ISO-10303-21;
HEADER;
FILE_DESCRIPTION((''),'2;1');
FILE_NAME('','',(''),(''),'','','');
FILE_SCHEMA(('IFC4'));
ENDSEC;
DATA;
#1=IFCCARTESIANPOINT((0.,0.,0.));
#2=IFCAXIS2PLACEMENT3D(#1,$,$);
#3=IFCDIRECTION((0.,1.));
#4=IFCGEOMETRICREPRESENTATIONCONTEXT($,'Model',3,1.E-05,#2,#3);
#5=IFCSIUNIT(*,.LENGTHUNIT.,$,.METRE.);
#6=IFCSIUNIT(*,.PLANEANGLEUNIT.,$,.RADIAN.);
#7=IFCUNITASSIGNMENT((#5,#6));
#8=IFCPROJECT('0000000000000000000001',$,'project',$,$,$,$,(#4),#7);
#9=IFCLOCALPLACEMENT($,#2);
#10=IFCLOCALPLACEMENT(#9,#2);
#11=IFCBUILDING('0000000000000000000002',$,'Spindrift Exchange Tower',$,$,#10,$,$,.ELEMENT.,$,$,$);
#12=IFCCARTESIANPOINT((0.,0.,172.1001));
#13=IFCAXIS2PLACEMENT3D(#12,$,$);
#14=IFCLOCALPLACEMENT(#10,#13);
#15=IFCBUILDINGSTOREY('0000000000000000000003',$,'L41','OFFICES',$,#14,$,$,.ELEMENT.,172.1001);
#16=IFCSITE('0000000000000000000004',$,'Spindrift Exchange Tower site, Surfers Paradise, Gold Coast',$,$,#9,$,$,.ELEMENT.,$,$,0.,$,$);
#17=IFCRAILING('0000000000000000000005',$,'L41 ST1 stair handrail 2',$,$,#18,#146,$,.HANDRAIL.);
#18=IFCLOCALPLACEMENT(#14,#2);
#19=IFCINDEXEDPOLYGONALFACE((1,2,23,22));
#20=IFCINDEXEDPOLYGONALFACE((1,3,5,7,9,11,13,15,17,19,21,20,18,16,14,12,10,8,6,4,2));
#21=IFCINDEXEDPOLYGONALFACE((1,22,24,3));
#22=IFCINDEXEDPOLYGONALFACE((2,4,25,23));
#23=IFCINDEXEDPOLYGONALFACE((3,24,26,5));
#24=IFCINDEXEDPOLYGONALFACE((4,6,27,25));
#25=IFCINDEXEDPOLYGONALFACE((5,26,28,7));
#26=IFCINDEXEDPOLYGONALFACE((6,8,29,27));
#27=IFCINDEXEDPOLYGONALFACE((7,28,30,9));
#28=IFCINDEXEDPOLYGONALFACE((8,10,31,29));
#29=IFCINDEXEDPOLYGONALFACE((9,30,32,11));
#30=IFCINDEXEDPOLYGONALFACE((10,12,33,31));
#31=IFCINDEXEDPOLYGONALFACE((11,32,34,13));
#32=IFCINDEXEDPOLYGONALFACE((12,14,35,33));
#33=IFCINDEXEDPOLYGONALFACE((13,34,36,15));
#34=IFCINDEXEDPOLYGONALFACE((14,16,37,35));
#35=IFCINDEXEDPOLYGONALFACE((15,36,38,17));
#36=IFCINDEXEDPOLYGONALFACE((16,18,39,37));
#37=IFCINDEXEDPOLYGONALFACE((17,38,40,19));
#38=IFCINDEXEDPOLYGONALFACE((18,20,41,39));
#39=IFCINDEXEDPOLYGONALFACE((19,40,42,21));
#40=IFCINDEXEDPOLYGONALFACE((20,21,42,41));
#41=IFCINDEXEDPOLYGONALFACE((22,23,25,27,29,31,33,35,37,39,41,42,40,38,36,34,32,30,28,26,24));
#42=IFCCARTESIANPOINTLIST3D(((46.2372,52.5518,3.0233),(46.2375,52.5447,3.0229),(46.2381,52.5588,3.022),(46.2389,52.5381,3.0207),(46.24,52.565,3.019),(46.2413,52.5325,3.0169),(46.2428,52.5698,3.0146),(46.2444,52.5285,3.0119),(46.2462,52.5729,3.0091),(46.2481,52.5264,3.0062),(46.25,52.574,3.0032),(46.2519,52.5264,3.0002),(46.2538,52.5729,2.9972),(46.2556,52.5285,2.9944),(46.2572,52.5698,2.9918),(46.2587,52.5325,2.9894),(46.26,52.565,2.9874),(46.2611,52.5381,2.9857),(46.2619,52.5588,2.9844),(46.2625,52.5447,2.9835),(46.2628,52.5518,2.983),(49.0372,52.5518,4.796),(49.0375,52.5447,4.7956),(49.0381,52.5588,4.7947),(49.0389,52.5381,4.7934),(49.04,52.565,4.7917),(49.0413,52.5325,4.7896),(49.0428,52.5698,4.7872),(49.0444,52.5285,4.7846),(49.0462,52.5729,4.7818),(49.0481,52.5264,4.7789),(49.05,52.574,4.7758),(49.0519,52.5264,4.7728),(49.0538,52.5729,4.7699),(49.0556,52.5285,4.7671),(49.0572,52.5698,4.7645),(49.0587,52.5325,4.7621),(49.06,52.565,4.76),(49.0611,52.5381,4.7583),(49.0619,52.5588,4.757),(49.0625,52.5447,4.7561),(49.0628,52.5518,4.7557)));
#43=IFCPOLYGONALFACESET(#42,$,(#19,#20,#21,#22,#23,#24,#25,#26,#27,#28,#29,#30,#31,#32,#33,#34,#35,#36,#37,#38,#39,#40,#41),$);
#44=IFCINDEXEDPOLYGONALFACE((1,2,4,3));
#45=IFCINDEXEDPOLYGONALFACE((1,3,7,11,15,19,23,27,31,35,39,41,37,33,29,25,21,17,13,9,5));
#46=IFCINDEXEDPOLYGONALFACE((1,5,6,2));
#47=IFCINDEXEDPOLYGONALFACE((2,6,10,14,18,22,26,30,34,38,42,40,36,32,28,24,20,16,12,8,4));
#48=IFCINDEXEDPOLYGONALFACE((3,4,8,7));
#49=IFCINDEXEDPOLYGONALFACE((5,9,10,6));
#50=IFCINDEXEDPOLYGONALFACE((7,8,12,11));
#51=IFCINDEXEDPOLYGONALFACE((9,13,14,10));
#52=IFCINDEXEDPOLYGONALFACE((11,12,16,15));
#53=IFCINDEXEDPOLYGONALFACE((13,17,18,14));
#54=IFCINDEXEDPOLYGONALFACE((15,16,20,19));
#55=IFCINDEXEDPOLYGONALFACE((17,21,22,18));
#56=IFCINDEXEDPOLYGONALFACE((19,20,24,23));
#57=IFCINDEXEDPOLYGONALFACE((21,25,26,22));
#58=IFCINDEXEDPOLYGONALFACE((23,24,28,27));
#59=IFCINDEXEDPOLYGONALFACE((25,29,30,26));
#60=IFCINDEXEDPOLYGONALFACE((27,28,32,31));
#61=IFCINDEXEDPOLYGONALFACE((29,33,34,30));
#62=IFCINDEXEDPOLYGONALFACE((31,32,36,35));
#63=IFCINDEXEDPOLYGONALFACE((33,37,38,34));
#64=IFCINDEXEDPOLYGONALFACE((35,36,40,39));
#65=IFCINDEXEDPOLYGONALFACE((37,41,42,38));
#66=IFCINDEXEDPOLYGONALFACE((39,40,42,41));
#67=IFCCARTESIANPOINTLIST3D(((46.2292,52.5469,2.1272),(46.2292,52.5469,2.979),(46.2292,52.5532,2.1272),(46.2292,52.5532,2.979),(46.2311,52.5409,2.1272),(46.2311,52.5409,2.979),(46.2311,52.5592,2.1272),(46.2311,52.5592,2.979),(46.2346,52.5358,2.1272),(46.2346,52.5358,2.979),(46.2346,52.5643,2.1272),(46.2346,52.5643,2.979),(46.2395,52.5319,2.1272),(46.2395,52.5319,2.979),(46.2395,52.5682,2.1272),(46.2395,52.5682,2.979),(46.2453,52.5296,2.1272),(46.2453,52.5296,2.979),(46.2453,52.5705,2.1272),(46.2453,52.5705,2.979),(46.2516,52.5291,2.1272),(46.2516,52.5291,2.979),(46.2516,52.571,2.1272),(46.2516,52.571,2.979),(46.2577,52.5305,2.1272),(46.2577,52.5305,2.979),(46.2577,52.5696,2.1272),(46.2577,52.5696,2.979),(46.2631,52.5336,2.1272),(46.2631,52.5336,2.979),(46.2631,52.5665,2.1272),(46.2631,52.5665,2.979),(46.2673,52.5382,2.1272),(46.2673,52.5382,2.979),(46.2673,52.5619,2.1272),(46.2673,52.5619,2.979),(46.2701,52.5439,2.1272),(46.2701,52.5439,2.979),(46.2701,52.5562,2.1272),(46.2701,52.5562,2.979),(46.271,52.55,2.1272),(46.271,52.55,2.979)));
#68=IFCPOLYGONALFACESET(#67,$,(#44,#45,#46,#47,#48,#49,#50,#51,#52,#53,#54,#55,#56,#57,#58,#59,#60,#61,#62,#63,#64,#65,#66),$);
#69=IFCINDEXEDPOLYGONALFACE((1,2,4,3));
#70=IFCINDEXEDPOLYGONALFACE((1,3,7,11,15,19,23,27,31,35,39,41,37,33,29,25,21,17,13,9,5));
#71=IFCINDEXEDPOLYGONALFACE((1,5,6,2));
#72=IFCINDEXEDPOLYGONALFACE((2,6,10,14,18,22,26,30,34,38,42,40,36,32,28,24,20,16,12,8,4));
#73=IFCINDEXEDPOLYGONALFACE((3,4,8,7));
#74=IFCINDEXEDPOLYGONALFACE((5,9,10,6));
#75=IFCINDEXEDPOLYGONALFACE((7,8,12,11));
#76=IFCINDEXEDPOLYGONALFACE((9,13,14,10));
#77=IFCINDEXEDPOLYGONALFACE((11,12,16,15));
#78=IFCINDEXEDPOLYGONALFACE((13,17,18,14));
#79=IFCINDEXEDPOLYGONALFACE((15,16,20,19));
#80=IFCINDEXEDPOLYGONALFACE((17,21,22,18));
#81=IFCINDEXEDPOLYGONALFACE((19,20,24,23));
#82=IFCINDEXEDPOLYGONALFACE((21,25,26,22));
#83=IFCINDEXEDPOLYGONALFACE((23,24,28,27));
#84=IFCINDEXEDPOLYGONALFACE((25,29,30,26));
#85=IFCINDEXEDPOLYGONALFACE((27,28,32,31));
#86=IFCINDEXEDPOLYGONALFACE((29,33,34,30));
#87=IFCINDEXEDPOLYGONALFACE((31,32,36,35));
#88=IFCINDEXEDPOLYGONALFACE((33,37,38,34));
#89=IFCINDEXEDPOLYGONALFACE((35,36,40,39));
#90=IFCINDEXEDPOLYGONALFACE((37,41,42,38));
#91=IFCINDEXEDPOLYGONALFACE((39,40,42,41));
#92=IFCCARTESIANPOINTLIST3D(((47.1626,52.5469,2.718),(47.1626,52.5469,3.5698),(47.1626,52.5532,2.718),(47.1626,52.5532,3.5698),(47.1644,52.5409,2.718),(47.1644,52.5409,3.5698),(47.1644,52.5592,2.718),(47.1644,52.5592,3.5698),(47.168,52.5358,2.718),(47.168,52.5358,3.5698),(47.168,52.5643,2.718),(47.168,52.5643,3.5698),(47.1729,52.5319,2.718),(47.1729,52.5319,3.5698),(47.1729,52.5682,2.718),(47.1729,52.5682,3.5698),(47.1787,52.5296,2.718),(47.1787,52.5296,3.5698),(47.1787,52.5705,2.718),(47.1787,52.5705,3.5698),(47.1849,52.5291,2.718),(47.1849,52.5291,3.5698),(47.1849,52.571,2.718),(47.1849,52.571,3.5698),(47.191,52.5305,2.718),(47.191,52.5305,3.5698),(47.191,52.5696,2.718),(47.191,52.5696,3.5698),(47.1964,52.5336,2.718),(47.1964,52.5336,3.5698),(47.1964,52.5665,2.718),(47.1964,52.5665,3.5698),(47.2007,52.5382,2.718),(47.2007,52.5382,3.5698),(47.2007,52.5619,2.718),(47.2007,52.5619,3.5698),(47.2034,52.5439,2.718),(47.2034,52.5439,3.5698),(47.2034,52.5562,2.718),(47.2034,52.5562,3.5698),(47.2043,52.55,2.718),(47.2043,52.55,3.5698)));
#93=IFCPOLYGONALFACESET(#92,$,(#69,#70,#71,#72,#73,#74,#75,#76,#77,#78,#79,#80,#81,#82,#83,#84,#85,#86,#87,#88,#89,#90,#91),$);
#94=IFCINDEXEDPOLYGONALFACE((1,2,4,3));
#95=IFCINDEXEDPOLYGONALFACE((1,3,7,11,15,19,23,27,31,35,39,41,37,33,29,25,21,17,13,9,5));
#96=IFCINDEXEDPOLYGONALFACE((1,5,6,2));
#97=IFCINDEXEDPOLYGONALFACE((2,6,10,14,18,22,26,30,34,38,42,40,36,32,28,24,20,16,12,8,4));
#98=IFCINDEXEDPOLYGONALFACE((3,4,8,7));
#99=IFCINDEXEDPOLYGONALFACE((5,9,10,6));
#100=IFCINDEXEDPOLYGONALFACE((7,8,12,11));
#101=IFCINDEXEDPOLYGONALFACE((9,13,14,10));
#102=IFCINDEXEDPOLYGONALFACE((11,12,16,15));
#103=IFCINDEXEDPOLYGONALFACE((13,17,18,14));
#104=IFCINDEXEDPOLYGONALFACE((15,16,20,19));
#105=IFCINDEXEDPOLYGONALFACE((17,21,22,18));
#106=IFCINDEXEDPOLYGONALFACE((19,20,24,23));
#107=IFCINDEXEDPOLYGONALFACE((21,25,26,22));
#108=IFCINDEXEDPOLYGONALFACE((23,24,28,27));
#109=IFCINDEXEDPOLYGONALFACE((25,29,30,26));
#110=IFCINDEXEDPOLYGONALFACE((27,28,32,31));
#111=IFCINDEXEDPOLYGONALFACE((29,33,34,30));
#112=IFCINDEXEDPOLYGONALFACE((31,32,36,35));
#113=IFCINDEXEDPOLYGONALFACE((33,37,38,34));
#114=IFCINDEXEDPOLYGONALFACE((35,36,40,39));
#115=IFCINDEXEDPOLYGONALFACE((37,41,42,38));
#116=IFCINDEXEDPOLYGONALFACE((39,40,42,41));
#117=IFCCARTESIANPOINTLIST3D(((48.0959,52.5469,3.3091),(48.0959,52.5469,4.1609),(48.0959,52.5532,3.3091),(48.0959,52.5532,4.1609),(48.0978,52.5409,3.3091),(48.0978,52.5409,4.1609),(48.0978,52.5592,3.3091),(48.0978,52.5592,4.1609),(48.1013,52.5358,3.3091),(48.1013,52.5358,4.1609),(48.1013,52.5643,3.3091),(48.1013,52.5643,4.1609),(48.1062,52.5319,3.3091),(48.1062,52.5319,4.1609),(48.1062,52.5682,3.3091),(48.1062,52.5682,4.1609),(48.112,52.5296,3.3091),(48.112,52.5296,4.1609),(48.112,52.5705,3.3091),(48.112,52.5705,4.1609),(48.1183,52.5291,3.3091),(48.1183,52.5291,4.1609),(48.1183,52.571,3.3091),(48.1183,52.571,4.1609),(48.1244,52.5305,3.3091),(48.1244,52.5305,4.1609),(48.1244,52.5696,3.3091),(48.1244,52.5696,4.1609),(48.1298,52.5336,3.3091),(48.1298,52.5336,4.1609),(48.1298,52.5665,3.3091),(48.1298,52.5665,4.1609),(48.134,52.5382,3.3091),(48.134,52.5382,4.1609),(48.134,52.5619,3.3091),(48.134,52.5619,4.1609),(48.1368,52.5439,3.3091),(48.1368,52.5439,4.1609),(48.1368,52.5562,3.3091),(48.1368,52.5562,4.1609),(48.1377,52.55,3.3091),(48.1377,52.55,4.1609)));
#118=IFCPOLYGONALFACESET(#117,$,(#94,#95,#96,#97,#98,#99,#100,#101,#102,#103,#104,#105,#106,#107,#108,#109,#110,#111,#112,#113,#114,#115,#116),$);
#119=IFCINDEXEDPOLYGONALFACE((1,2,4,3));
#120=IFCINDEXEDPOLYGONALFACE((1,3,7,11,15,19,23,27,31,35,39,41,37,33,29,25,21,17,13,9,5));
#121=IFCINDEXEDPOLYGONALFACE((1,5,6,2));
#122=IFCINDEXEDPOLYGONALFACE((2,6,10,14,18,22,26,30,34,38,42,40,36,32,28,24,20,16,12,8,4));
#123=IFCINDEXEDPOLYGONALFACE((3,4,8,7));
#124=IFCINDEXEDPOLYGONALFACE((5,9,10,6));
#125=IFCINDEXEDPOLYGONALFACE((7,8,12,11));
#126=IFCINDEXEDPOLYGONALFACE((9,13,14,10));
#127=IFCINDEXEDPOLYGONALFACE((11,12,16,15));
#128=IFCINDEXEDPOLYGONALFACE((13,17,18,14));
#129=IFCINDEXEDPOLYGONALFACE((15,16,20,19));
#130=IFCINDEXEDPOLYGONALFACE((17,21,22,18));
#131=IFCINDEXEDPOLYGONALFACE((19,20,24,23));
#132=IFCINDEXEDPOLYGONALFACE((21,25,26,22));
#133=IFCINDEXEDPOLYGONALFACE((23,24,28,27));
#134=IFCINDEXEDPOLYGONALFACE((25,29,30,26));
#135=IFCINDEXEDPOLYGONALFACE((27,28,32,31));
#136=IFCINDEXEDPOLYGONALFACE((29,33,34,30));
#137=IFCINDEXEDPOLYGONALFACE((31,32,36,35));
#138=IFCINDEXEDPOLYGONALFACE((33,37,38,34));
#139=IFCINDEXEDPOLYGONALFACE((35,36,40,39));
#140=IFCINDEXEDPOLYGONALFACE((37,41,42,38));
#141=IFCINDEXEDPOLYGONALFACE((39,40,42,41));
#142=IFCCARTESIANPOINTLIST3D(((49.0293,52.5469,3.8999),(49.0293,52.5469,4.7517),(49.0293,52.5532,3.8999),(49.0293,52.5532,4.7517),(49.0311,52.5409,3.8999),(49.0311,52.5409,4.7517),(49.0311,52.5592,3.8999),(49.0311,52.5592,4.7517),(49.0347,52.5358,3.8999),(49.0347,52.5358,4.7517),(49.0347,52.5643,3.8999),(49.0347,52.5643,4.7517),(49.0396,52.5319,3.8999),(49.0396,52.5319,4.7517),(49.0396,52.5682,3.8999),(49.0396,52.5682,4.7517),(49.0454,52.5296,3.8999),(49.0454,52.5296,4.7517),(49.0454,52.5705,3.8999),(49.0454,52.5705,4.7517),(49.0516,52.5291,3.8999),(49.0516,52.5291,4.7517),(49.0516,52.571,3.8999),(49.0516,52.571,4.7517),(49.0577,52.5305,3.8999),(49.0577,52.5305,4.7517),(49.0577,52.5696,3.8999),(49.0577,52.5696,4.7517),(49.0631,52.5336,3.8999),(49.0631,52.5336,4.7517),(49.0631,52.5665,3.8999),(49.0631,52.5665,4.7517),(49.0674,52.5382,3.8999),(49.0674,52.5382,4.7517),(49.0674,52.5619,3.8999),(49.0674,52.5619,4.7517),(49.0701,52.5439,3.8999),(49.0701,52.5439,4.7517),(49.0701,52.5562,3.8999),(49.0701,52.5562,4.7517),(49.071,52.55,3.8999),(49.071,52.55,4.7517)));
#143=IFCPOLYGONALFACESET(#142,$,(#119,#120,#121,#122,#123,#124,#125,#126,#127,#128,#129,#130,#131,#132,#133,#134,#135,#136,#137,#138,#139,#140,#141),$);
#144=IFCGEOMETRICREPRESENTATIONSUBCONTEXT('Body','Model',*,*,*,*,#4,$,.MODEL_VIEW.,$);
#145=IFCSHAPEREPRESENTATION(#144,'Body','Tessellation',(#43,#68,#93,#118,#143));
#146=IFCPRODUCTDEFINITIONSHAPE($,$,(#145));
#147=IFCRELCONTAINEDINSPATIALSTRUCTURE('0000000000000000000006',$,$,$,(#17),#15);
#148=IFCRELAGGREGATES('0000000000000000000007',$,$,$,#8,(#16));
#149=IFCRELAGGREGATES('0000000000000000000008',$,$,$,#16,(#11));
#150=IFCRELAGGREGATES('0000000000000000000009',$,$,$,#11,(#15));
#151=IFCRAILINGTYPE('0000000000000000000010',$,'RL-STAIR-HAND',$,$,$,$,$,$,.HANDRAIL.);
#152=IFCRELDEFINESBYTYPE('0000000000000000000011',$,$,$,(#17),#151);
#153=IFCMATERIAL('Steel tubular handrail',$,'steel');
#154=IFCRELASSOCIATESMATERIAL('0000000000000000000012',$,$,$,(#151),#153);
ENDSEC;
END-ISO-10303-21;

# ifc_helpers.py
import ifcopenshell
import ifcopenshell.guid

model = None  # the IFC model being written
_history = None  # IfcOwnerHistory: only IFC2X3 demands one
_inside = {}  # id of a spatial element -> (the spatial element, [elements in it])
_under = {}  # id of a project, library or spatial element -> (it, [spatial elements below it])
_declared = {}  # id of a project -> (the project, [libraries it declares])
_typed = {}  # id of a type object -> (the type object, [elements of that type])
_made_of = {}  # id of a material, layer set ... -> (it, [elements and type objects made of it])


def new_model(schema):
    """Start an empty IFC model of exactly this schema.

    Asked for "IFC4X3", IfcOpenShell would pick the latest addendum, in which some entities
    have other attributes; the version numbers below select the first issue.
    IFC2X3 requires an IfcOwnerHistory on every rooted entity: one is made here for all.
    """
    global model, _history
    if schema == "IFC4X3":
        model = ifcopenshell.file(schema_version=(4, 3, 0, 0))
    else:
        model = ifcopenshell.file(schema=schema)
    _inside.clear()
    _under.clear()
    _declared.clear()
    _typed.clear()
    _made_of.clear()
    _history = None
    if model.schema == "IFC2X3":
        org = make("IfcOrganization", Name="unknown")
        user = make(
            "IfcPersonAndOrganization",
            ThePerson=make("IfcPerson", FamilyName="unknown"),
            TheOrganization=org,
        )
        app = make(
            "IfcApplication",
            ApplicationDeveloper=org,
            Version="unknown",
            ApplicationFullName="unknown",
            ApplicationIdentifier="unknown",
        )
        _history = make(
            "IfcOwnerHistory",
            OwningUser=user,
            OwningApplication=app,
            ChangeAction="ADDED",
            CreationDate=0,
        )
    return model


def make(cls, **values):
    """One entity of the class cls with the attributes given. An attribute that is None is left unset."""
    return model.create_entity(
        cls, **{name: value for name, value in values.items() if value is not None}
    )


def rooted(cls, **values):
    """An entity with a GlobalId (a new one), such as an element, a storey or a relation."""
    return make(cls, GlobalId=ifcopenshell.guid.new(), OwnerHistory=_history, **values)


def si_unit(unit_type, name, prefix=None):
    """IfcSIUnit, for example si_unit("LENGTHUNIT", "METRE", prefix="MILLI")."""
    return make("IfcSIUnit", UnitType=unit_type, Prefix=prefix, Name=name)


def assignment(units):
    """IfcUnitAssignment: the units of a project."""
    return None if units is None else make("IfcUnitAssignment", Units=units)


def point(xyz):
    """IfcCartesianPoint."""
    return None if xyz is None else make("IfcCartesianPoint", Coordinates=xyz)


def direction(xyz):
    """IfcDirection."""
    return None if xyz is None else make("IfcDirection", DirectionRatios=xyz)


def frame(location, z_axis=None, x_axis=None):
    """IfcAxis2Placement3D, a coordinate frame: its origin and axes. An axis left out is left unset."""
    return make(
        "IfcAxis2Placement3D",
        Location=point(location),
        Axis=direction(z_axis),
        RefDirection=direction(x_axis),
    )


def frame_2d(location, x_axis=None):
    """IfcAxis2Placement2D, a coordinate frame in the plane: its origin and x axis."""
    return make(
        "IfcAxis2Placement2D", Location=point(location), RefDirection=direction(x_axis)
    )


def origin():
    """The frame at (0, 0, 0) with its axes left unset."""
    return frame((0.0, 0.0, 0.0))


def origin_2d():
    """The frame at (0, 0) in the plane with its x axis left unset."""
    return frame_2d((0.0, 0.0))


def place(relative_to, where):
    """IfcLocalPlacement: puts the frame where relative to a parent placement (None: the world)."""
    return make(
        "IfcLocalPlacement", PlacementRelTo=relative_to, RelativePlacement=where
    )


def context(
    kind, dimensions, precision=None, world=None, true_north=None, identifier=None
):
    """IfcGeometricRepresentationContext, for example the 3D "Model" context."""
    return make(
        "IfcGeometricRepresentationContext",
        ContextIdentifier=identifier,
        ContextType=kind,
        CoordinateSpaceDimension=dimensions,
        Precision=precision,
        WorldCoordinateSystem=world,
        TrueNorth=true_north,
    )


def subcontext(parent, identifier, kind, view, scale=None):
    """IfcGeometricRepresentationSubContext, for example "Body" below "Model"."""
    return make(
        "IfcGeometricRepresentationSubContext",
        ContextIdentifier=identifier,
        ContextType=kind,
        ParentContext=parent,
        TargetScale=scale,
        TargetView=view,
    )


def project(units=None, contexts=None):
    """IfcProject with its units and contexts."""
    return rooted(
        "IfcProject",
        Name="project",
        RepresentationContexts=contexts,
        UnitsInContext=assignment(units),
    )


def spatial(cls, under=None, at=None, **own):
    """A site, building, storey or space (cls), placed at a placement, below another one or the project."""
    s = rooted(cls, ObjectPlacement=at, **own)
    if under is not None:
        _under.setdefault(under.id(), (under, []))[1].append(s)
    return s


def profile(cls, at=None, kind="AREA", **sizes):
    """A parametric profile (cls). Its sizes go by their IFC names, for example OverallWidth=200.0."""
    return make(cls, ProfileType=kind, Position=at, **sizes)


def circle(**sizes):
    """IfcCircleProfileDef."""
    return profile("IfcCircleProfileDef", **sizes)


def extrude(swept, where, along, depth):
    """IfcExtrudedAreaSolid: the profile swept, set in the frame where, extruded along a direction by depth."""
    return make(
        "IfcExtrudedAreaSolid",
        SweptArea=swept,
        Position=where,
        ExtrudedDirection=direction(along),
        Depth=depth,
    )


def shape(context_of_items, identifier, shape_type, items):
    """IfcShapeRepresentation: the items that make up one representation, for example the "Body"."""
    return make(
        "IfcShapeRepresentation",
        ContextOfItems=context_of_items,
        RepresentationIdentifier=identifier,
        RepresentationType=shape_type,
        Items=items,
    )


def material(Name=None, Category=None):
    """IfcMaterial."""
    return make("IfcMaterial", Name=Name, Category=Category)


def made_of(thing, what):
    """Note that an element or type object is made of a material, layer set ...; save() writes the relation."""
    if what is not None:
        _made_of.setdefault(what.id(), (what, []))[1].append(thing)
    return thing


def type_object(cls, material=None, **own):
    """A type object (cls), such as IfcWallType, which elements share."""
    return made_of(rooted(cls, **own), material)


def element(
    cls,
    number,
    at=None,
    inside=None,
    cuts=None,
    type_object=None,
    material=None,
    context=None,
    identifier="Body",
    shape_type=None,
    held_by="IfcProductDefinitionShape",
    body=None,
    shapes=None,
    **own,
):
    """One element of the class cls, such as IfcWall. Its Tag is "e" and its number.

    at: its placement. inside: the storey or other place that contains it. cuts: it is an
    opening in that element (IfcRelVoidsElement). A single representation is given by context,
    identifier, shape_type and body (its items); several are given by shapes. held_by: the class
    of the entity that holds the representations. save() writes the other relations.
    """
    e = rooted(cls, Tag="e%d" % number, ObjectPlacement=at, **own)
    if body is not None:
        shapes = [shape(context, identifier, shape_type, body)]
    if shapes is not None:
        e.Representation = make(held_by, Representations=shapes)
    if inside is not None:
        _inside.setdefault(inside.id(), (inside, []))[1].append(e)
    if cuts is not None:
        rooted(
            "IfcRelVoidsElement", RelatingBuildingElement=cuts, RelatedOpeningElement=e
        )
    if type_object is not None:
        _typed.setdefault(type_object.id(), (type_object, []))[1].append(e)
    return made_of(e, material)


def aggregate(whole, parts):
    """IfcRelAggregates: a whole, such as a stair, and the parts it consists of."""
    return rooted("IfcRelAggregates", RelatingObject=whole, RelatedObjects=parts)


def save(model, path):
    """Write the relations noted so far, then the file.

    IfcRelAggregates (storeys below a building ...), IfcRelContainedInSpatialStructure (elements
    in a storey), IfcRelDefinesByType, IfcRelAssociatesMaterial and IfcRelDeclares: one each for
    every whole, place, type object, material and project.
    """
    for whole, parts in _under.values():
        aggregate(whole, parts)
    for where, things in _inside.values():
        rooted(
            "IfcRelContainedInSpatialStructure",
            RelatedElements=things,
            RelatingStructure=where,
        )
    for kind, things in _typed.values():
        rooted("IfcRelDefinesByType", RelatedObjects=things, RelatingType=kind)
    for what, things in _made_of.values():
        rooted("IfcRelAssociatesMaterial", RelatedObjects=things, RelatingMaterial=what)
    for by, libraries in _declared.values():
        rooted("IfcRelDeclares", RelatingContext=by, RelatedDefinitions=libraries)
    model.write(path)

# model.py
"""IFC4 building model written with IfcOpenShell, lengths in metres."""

from ifc_helpers import new_model, si_unit, direction, frame, origin, origin_2d, place, context, subcontext, project, spatial, circle, extrude, material, type_object, element, save


model = new_model("IFC4")

# Units and contexts
model_context = context("Model", 3, precision=1e-05, world=origin(), true_north=direction((0.0, 1.0)))
body_context = subcontext(model_context, "Body", "Model", "MODEL_VIEW")
ifc_project = project(units=[si_unit("LENGTHUNIT", "METRE"), si_unit("PLANEANGLEUNIT", "RADIAN")], contexts=[model_context])

# Site, building, storey
site_placement = place(None, origin())
site = spatial("IfcSite", under=ifc_project, at=site_placement, Name="Spindrift Exchange Tower site, Surfers Paradise, Gold Coast", CompositionType="ELEMENT", RefElevation=0.0)
building_placement = place(site_placement, origin())
building = spatial("IfcBuilding", under=site, at=building_placement, Name="Spindrift Exchange Tower", CompositionType="ELEMENT")
storey_placement = place(building_placement, frame((0.0, 0.0, 172.1001)))
storey = spatial("IfcBuildingStorey", under=building, at=storey_placement, Name="L41", Description="OFFICES", CompositionType="ELEMENT", Elevation=172.1001)

# Railing
ifc_material_1 = material(Name="Steel tubular handrail", Category="steel")
railing_type_1 = type_object("IfcRailingType", Name="RL-STAIR-HAND", PredefinedType="HANDRAIL", material=ifc_material_1)
railing_1_placement = place(storey_placement, frame((46.25, 52.55, 2.1272)))
element("IfcRailing", 1, at=railing_1_placement, inside=storey, type_object=railing_type_1, Name="L41 ST1 stair handrail 2", PredefinedType="HANDRAIL", context=body_context, shape_type="SweptSolid", body=[
    extrude(circle(Radius=0.0239, at=origin_2d()), frame((0.0, 0.0, 0.876), z_axis=(0.844909, 0.0, 0.53491), x_axis=(0.0, 1.0, 0.0)), (0.0, 0.0, 1.0), 3.314),
    extrude(circle(Radius=0.021, at=origin_2d()), origin(), (0.0, 0.0, 1.0), 0.8518),
    extrude(circle(Radius=0.021, at=origin_2d()), frame((0.9333, 0.0, 0.5908)), (0.0, 0.0, 1.0), 0.8518),
    extrude(circle(Radius=0.021, at=origin_2d()), frame((1.8667, 0.0, 1.1819)), (0.0, 0.0, 1.0), 0.8518),
    extrude(circle(Radius=0.021, at=origin_2d()), frame((2.8, 0.0, 1.7727)), (0.0, 0.0, 1.0), 0.8518),
])

save(model, "model.ifc")
